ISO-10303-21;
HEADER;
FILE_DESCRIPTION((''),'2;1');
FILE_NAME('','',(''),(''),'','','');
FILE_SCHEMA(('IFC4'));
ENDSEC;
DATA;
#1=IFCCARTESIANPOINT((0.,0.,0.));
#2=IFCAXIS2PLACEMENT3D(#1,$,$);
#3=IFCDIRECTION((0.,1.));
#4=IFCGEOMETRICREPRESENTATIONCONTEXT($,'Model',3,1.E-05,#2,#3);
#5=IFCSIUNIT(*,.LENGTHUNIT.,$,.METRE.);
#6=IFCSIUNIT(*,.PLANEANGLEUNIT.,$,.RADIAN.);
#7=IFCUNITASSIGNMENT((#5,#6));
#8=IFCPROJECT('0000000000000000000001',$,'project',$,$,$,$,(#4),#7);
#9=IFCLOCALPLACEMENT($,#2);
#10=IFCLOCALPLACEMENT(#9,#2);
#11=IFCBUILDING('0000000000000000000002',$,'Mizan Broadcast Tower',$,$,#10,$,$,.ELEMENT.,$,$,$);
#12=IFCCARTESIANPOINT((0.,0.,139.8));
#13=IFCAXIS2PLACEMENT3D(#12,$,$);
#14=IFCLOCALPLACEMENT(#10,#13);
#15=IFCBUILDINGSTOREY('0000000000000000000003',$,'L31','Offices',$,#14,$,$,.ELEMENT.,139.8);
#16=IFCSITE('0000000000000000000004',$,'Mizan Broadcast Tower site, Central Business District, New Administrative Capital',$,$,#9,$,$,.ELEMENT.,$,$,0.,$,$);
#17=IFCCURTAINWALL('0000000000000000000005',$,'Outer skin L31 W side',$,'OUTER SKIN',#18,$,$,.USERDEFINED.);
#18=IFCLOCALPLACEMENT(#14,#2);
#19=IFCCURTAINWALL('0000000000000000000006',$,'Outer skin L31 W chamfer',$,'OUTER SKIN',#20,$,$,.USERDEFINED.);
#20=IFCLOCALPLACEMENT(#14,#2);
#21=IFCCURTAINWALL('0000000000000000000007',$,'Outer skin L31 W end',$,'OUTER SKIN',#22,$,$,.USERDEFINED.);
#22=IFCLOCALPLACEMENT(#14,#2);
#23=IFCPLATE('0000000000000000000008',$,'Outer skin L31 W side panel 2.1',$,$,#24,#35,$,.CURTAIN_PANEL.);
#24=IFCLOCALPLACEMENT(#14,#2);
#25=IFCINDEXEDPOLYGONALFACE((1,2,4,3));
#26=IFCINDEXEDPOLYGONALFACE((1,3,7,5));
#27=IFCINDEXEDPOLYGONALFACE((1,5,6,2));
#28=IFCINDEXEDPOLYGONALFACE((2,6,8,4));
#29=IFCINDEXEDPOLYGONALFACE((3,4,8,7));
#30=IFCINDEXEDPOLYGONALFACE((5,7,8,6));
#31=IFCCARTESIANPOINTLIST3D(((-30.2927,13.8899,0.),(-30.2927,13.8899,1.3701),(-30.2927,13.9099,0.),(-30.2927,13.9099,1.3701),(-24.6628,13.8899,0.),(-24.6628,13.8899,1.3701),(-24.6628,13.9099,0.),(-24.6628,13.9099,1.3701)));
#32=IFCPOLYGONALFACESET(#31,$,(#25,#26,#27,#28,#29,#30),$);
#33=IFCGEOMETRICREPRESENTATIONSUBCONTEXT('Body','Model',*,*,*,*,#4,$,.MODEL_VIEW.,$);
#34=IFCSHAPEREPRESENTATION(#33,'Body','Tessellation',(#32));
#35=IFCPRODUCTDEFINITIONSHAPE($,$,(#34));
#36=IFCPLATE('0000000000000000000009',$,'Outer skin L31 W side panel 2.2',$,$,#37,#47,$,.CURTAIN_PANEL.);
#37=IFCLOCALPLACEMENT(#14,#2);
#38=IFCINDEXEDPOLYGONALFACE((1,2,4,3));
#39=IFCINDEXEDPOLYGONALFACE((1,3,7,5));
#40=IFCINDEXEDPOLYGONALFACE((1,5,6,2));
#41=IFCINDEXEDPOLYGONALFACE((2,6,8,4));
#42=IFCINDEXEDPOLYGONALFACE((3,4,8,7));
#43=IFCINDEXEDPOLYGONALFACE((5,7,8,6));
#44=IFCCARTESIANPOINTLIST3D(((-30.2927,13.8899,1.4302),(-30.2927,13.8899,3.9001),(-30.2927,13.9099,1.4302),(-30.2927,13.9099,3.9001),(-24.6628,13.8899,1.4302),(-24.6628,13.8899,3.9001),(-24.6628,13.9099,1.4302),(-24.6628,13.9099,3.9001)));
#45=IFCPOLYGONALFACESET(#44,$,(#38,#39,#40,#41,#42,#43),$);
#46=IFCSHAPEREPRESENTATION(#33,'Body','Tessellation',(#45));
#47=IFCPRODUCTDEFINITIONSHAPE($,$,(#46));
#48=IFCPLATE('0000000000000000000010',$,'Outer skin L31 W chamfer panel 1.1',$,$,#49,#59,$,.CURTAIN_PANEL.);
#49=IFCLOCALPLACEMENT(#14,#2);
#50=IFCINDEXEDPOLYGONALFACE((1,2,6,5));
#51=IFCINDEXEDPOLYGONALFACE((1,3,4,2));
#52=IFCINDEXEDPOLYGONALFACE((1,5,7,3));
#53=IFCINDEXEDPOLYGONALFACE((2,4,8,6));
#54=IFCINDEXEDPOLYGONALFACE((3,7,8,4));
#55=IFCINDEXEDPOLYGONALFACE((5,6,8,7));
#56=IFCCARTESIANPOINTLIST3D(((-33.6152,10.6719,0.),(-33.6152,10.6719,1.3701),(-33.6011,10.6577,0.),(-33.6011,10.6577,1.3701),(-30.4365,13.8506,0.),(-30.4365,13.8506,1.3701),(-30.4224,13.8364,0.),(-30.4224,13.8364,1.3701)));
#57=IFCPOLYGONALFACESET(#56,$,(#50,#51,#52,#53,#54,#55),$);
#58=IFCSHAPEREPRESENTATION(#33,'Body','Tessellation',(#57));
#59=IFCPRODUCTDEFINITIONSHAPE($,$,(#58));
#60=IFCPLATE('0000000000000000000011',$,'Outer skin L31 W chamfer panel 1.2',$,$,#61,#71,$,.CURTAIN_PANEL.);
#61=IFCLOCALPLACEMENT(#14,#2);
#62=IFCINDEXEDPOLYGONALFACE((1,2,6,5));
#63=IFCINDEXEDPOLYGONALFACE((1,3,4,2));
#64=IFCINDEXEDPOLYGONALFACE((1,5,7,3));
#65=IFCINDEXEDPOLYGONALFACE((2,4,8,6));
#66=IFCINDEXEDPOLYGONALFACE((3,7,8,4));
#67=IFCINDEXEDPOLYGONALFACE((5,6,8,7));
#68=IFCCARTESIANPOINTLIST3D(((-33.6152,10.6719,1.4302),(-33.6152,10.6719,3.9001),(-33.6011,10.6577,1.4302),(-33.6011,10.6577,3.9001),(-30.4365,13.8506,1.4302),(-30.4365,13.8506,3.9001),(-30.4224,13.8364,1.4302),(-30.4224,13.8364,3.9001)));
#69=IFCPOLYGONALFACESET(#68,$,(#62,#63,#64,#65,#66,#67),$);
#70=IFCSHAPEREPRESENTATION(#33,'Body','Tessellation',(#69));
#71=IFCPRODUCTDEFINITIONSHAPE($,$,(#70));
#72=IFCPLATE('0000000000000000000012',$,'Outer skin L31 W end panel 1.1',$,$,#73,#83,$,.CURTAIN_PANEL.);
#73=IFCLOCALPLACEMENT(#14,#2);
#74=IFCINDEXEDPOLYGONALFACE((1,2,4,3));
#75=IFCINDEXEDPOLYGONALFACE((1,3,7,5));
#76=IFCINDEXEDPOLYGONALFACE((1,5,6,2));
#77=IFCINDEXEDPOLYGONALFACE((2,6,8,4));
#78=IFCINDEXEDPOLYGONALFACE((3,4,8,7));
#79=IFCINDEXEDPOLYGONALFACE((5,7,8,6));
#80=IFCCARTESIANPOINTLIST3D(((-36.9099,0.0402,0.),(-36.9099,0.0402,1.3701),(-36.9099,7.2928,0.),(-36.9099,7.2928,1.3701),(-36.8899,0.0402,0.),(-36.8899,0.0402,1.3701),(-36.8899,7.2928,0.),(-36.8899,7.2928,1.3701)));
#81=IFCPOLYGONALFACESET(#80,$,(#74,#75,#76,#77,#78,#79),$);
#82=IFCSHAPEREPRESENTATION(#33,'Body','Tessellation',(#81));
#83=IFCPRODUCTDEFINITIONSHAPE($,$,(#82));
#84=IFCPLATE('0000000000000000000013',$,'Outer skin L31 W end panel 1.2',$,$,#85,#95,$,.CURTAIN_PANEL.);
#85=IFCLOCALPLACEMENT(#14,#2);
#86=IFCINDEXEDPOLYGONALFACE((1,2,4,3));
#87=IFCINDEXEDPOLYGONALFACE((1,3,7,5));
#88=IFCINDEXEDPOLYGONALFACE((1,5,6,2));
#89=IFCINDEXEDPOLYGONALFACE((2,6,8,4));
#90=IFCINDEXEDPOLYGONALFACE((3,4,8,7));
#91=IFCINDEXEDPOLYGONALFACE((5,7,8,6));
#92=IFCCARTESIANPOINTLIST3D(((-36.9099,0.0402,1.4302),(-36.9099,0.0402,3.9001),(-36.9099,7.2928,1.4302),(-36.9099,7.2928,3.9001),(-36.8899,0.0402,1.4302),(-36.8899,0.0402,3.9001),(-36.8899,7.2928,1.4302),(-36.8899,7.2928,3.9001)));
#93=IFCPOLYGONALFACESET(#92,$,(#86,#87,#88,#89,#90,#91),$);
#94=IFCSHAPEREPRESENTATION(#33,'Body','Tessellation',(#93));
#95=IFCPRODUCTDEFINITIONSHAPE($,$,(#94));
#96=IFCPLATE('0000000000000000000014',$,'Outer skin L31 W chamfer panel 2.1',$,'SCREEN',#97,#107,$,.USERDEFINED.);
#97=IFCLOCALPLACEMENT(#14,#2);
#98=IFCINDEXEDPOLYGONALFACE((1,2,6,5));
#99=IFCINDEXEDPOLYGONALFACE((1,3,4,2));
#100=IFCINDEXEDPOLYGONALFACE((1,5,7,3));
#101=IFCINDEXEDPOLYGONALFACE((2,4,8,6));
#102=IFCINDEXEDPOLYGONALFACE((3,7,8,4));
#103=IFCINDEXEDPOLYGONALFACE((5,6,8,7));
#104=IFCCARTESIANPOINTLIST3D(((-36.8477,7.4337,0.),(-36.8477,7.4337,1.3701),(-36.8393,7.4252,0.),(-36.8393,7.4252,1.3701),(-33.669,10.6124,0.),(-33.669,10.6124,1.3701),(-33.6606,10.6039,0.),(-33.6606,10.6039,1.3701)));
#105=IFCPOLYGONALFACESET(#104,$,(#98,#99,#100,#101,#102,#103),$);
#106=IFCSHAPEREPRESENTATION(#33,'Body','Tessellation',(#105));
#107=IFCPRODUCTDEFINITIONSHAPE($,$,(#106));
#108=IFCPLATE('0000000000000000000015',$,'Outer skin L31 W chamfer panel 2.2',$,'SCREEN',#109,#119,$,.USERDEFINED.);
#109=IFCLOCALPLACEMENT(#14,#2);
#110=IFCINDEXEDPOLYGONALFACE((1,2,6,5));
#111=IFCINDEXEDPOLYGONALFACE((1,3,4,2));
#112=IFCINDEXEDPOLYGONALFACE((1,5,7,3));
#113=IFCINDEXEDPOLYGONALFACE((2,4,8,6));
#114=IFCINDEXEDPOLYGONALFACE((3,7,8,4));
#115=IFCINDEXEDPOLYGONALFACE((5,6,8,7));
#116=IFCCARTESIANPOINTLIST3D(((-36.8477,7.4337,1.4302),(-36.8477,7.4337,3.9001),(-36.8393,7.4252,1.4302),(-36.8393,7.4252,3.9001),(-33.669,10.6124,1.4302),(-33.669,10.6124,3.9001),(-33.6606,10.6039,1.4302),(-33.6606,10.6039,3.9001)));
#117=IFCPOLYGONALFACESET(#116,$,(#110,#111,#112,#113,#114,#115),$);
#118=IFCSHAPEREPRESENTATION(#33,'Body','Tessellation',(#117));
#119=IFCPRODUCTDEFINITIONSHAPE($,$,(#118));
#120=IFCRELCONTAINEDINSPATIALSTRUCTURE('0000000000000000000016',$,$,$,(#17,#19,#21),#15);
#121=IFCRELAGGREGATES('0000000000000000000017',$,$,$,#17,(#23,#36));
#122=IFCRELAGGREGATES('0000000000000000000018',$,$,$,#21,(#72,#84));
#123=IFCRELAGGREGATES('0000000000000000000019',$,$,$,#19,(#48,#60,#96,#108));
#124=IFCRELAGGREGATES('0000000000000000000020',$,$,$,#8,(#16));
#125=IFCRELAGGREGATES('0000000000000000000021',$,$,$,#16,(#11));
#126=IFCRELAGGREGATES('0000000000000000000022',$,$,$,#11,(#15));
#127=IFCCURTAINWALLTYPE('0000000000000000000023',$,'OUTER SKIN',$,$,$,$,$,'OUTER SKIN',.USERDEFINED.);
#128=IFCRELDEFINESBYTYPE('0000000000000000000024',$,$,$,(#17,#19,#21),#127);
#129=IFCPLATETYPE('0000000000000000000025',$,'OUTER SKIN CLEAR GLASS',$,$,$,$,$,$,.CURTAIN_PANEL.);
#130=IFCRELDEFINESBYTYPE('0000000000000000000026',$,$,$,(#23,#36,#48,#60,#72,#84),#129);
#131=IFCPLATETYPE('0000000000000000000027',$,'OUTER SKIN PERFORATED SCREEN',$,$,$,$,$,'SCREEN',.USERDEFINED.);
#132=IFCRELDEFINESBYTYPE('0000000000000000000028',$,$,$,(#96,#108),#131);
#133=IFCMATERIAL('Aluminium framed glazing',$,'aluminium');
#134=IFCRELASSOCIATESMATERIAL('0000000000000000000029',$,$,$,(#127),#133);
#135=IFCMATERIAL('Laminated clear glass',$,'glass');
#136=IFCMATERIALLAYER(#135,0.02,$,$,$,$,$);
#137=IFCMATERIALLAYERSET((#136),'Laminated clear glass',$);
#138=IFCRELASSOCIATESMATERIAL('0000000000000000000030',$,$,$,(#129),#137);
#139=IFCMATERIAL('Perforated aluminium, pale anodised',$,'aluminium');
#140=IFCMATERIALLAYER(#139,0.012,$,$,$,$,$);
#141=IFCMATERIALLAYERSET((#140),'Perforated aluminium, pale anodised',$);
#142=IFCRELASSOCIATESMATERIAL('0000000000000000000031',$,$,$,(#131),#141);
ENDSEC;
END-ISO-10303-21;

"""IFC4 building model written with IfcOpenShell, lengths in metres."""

from ifc_helpers import new_model, si_unit, direction, frame, origin, origin_2d, place, context, subcontext, project, spatial, rectangle, extrude, material, layer, layer_set, type_object, element, aggregate, save


model = new_model("IFC4")

# Units and contexts
model_context = context("Model", 3, precision=1e-05, world=origin(), true_north=direction((0.0, 1.0)))
body_context = subcontext(model_context, "Body", "Model", "MODEL_VIEW")
ifc_project = project(units=[si_unit("LENGTHUNIT", "METRE"), si_unit("PLANEANGLEUNIT", "RADIAN")], contexts=[model_context])

# Site, building, storey
site_placement = place(None, origin())
site = spatial("IfcSite", under=ifc_project, at=site_placement, Name="Mizan Broadcast Tower site, Central Business District, New Administrative Capital", CompositionType="ELEMENT", RefElevation=0.0)
building_placement = place(site_placement, origin())
building = spatial("IfcBuilding", under=site, at=building_placement, Name="Mizan Broadcast Tower", CompositionType="ELEMENT")
storey_placement = place(building_placement, frame((0.0, 0.0, 139.8)))
storey = spatial("IfcBuildingStorey", under=building, at=storey_placement, Name="L31", Description="Offices", CompositionType="ELEMENT", Elevation=139.8)

# Curtain wall
ifc_material_1 = material(Name="Aluminium framed glazing", Category="aluminium")
curtain_wall_type_1 = type_object("IfcCurtainWallType", Name="OUTER SKIN", ElementType="OUTER SKIN", PredefinedType="USERDEFINED", material=ifc_material_1)
curtain_wall_1_placement = place(storey_placement, origin())
curtain_wall_1 = element("IfcCurtainWall", 1, at=curtain_wall_1_placement, inside=storey, type_object=curtain_wall_type_1, Name="Outer skin L31 W side", ObjectType="OUTER SKIN", PredefinedType="USERDEFINED")

# Curtain wall
curtain_wall_2_placement = place(storey_placement, origin())
curtain_wall_2 = element("IfcCurtainWall", 2, at=curtain_wall_2_placement, inside=storey, type_object=curtain_wall_type_1, Name="Outer skin L31 W chamfer", ObjectType="OUTER SKIN", PredefinedType="USERDEFINED")

# Curtain wall
curtain_wall_3_placement = place(storey_placement, origin())
curtain_wall_3 = element("IfcCurtainWall", 3, at=curtain_wall_3_placement, inside=storey, type_object=curtain_wall_type_1, Name="Outer skin L31 W end", ObjectType="OUTER SKIN", PredefinedType="USERDEFINED")

# Plates
ifc_material_2 = material(Name="Laminated clear glass", Category="glass")
ifc_layer_1 = layer(ifc_material_2, 0.02)
ifc_layer_set_1 = layer_set([ifc_layer_1], Name="Laminated clear glass")
plate_type_1 = type_object("IfcPlateType", Name="OUTER SKIN CLEAR GLASS", PredefinedType="CURTAIN_PANEL", material=ifc_layer_set_1)
plate_1_placement = place(storey_placement, frame((-27.4778, 13.8999, 0.0), z_axis=(0.0, 0.0, 1.0), x_axis=(-1.0, 0.0, 0.0)))
plate_1 = element("IfcPlate", 4, at=plate_1_placement, type_object=plate_type_1, Name="Outer skin L31 W side panel 2.1", PredefinedType="CURTAIN_PANEL", context=body_context, shape_type="SweptSolid", body=[
    extrude(rectangle(XDim=5.6299, YDim=0.02, at=origin_2d()), origin(), (0.0, 0.0, 1.0), 1.3701),
])
plate_2_placement = place(storey_placement, frame((-27.4778, 13.8999, 1.4302), z_axis=(0.0, 0.0, 1.0), x_axis=(-1.0, 0.0, 0.0)))
plate_2 = element("IfcPlate", 5, at=plate_2_placement, type_object=plate_type_1, Name="Outer skin L31 W side panel 2.2", PredefinedType="CURTAIN_PANEL", context=body_context, shape_type="SweptSolid", body=[
    extrude(rectangle(XDim=5.6299, YDim=0.02, at=origin_2d()), origin(), (0.0, 0.0, 1.0), 2.47),
])
aggregate(curtain_wall_1, [plate_1, plate_2])
plate_3_placement = place(storey_placement, frame((-32.0188, 12.2542, 0.0), z_axis=(0.0, 0.0, 1.0), x_axis=(-0.707107, -0.707107, 0.0)))
plate_3 = element("IfcPlate", 6, at=plate_3_placement, type_object=plate_type_1, Name="Outer skin L31 W chamfer panel 1.1", PredefinedType="CURTAIN_PANEL", context=body_context, shape_type="SweptSolid", body=[
    extrude(rectangle(XDim=4.4954, YDim=0.02, at=origin_2d()), origin(), (0.0, 0.0, 1.0), 1.3701),
])
plate_4_placement = place(storey_placement, frame((-32.0188, 12.2542, 1.4302), z_axis=(0.0, 0.0, 1.0), x_axis=(-0.707107, -0.707107, 0.0)))
plate_4 = element("IfcPlate", 7, at=plate_4_placement, type_object=plate_type_1, Name="Outer skin L31 W chamfer panel 1.2", PredefinedType="CURTAIN_PANEL", context=body_context, shape_type="SweptSolid", body=[
    extrude(rectangle(XDim=4.4954, YDim=0.02, at=origin_2d()), origin(), (0.0, 0.0, 1.0), 2.47),
])
plate_5_placement = place(storey_placement, frame((-36.8999, 3.6665, 0.0), z_axis=(0.0, 0.0, 1.0), x_axis=(0.0, -1.0, 0.0)))
plate_5 = element("IfcPlate", 8, at=plate_5_placement, type_object=plate_type_1, Name="Outer skin L31 W end panel 1.1", PredefinedType="CURTAIN_PANEL", context=body_context, shape_type="SweptSolid", body=[
    extrude(rectangle(XDim=7.2527, YDim=0.02, at=origin_2d()), origin(), (0.0, 0.0, 1.0), 1.3701),
])
plate_6_placement = place(storey_placement, frame((-36.8999, 3.6665, 1.4302), z_axis=(0.0, 0.0, 1.0), x_axis=(0.0, -1.0, 0.0)))
plate_6 = element("IfcPlate", 9, at=plate_6_placement, type_object=plate_type_1, Name="Outer skin L31 W end panel 1.2", PredefinedType="CURTAIN_PANEL", context=body_context, shape_type="SweptSolid", body=[
    extrude(rectangle(XDim=7.2527, YDim=0.02, at=origin_2d()), origin(), (0.0, 0.0, 1.0), 2.47),
])
aggregate(curtain_wall_3, [plate_5, plate_6])
ifc_material_3 = material(Name="Perforated aluminium, pale anodised", Category="aluminium")
ifc_layer_2 = layer(ifc_material_3, 0.012)
ifc_layer_set_2 = layer_set([ifc_layer_2], Name="Perforated aluminium, pale anodised")
plate_type_2 = type_object("IfcPlateType", Name="OUTER SKIN PERFORATED SCREEN", ElementType="SCREEN", PredefinedType="USERDEFINED", material=ifc_layer_set_2)
plate_7_placement = place(storey_placement, frame((-35.2542, 9.0188, 0.0), z_axis=(0.0, 0.0, 1.0), x_axis=(-0.707107, -0.707107, 0.0)))
plate_7 = element("IfcPlate", 10, at=plate_7_placement, type_object=plate_type_2, Name="Outer skin L31 W chamfer panel 2.1", ObjectType="SCREEN", PredefinedType="USERDEFINED", context=body_context, shape_type="SweptSolid", body=[
    extrude(rectangle(XDim=4.4954, YDim=0.012, at=origin_2d()), origin(), (0.0, 0.0, 1.0), 1.3701),
])
plate_8_placement = place(storey_placement, frame((-35.2542, 9.0188, 1.4302), z_axis=(0.0, 0.0, 1.0), x_axis=(-0.707107, -0.707107, 0.0)))
plate_8 = element("IfcPlate", 11, at=plate_8_placement, type_object=plate_type_2, Name="Outer skin L31 W chamfer panel 2.2", ObjectType="SCREEN", PredefinedType="USERDEFINED", context=body_context, shape_type="SweptSolid", body=[
    extrude(rectangle(XDim=4.4954, YDim=0.012, at=origin_2d()), origin(), (0.0, 0.0, 1.0), 2.47),
])
aggregate(curtain_wall_2, [plate_3, plate_4, plate_7, plate_8])

save(model, "model.ifc")
